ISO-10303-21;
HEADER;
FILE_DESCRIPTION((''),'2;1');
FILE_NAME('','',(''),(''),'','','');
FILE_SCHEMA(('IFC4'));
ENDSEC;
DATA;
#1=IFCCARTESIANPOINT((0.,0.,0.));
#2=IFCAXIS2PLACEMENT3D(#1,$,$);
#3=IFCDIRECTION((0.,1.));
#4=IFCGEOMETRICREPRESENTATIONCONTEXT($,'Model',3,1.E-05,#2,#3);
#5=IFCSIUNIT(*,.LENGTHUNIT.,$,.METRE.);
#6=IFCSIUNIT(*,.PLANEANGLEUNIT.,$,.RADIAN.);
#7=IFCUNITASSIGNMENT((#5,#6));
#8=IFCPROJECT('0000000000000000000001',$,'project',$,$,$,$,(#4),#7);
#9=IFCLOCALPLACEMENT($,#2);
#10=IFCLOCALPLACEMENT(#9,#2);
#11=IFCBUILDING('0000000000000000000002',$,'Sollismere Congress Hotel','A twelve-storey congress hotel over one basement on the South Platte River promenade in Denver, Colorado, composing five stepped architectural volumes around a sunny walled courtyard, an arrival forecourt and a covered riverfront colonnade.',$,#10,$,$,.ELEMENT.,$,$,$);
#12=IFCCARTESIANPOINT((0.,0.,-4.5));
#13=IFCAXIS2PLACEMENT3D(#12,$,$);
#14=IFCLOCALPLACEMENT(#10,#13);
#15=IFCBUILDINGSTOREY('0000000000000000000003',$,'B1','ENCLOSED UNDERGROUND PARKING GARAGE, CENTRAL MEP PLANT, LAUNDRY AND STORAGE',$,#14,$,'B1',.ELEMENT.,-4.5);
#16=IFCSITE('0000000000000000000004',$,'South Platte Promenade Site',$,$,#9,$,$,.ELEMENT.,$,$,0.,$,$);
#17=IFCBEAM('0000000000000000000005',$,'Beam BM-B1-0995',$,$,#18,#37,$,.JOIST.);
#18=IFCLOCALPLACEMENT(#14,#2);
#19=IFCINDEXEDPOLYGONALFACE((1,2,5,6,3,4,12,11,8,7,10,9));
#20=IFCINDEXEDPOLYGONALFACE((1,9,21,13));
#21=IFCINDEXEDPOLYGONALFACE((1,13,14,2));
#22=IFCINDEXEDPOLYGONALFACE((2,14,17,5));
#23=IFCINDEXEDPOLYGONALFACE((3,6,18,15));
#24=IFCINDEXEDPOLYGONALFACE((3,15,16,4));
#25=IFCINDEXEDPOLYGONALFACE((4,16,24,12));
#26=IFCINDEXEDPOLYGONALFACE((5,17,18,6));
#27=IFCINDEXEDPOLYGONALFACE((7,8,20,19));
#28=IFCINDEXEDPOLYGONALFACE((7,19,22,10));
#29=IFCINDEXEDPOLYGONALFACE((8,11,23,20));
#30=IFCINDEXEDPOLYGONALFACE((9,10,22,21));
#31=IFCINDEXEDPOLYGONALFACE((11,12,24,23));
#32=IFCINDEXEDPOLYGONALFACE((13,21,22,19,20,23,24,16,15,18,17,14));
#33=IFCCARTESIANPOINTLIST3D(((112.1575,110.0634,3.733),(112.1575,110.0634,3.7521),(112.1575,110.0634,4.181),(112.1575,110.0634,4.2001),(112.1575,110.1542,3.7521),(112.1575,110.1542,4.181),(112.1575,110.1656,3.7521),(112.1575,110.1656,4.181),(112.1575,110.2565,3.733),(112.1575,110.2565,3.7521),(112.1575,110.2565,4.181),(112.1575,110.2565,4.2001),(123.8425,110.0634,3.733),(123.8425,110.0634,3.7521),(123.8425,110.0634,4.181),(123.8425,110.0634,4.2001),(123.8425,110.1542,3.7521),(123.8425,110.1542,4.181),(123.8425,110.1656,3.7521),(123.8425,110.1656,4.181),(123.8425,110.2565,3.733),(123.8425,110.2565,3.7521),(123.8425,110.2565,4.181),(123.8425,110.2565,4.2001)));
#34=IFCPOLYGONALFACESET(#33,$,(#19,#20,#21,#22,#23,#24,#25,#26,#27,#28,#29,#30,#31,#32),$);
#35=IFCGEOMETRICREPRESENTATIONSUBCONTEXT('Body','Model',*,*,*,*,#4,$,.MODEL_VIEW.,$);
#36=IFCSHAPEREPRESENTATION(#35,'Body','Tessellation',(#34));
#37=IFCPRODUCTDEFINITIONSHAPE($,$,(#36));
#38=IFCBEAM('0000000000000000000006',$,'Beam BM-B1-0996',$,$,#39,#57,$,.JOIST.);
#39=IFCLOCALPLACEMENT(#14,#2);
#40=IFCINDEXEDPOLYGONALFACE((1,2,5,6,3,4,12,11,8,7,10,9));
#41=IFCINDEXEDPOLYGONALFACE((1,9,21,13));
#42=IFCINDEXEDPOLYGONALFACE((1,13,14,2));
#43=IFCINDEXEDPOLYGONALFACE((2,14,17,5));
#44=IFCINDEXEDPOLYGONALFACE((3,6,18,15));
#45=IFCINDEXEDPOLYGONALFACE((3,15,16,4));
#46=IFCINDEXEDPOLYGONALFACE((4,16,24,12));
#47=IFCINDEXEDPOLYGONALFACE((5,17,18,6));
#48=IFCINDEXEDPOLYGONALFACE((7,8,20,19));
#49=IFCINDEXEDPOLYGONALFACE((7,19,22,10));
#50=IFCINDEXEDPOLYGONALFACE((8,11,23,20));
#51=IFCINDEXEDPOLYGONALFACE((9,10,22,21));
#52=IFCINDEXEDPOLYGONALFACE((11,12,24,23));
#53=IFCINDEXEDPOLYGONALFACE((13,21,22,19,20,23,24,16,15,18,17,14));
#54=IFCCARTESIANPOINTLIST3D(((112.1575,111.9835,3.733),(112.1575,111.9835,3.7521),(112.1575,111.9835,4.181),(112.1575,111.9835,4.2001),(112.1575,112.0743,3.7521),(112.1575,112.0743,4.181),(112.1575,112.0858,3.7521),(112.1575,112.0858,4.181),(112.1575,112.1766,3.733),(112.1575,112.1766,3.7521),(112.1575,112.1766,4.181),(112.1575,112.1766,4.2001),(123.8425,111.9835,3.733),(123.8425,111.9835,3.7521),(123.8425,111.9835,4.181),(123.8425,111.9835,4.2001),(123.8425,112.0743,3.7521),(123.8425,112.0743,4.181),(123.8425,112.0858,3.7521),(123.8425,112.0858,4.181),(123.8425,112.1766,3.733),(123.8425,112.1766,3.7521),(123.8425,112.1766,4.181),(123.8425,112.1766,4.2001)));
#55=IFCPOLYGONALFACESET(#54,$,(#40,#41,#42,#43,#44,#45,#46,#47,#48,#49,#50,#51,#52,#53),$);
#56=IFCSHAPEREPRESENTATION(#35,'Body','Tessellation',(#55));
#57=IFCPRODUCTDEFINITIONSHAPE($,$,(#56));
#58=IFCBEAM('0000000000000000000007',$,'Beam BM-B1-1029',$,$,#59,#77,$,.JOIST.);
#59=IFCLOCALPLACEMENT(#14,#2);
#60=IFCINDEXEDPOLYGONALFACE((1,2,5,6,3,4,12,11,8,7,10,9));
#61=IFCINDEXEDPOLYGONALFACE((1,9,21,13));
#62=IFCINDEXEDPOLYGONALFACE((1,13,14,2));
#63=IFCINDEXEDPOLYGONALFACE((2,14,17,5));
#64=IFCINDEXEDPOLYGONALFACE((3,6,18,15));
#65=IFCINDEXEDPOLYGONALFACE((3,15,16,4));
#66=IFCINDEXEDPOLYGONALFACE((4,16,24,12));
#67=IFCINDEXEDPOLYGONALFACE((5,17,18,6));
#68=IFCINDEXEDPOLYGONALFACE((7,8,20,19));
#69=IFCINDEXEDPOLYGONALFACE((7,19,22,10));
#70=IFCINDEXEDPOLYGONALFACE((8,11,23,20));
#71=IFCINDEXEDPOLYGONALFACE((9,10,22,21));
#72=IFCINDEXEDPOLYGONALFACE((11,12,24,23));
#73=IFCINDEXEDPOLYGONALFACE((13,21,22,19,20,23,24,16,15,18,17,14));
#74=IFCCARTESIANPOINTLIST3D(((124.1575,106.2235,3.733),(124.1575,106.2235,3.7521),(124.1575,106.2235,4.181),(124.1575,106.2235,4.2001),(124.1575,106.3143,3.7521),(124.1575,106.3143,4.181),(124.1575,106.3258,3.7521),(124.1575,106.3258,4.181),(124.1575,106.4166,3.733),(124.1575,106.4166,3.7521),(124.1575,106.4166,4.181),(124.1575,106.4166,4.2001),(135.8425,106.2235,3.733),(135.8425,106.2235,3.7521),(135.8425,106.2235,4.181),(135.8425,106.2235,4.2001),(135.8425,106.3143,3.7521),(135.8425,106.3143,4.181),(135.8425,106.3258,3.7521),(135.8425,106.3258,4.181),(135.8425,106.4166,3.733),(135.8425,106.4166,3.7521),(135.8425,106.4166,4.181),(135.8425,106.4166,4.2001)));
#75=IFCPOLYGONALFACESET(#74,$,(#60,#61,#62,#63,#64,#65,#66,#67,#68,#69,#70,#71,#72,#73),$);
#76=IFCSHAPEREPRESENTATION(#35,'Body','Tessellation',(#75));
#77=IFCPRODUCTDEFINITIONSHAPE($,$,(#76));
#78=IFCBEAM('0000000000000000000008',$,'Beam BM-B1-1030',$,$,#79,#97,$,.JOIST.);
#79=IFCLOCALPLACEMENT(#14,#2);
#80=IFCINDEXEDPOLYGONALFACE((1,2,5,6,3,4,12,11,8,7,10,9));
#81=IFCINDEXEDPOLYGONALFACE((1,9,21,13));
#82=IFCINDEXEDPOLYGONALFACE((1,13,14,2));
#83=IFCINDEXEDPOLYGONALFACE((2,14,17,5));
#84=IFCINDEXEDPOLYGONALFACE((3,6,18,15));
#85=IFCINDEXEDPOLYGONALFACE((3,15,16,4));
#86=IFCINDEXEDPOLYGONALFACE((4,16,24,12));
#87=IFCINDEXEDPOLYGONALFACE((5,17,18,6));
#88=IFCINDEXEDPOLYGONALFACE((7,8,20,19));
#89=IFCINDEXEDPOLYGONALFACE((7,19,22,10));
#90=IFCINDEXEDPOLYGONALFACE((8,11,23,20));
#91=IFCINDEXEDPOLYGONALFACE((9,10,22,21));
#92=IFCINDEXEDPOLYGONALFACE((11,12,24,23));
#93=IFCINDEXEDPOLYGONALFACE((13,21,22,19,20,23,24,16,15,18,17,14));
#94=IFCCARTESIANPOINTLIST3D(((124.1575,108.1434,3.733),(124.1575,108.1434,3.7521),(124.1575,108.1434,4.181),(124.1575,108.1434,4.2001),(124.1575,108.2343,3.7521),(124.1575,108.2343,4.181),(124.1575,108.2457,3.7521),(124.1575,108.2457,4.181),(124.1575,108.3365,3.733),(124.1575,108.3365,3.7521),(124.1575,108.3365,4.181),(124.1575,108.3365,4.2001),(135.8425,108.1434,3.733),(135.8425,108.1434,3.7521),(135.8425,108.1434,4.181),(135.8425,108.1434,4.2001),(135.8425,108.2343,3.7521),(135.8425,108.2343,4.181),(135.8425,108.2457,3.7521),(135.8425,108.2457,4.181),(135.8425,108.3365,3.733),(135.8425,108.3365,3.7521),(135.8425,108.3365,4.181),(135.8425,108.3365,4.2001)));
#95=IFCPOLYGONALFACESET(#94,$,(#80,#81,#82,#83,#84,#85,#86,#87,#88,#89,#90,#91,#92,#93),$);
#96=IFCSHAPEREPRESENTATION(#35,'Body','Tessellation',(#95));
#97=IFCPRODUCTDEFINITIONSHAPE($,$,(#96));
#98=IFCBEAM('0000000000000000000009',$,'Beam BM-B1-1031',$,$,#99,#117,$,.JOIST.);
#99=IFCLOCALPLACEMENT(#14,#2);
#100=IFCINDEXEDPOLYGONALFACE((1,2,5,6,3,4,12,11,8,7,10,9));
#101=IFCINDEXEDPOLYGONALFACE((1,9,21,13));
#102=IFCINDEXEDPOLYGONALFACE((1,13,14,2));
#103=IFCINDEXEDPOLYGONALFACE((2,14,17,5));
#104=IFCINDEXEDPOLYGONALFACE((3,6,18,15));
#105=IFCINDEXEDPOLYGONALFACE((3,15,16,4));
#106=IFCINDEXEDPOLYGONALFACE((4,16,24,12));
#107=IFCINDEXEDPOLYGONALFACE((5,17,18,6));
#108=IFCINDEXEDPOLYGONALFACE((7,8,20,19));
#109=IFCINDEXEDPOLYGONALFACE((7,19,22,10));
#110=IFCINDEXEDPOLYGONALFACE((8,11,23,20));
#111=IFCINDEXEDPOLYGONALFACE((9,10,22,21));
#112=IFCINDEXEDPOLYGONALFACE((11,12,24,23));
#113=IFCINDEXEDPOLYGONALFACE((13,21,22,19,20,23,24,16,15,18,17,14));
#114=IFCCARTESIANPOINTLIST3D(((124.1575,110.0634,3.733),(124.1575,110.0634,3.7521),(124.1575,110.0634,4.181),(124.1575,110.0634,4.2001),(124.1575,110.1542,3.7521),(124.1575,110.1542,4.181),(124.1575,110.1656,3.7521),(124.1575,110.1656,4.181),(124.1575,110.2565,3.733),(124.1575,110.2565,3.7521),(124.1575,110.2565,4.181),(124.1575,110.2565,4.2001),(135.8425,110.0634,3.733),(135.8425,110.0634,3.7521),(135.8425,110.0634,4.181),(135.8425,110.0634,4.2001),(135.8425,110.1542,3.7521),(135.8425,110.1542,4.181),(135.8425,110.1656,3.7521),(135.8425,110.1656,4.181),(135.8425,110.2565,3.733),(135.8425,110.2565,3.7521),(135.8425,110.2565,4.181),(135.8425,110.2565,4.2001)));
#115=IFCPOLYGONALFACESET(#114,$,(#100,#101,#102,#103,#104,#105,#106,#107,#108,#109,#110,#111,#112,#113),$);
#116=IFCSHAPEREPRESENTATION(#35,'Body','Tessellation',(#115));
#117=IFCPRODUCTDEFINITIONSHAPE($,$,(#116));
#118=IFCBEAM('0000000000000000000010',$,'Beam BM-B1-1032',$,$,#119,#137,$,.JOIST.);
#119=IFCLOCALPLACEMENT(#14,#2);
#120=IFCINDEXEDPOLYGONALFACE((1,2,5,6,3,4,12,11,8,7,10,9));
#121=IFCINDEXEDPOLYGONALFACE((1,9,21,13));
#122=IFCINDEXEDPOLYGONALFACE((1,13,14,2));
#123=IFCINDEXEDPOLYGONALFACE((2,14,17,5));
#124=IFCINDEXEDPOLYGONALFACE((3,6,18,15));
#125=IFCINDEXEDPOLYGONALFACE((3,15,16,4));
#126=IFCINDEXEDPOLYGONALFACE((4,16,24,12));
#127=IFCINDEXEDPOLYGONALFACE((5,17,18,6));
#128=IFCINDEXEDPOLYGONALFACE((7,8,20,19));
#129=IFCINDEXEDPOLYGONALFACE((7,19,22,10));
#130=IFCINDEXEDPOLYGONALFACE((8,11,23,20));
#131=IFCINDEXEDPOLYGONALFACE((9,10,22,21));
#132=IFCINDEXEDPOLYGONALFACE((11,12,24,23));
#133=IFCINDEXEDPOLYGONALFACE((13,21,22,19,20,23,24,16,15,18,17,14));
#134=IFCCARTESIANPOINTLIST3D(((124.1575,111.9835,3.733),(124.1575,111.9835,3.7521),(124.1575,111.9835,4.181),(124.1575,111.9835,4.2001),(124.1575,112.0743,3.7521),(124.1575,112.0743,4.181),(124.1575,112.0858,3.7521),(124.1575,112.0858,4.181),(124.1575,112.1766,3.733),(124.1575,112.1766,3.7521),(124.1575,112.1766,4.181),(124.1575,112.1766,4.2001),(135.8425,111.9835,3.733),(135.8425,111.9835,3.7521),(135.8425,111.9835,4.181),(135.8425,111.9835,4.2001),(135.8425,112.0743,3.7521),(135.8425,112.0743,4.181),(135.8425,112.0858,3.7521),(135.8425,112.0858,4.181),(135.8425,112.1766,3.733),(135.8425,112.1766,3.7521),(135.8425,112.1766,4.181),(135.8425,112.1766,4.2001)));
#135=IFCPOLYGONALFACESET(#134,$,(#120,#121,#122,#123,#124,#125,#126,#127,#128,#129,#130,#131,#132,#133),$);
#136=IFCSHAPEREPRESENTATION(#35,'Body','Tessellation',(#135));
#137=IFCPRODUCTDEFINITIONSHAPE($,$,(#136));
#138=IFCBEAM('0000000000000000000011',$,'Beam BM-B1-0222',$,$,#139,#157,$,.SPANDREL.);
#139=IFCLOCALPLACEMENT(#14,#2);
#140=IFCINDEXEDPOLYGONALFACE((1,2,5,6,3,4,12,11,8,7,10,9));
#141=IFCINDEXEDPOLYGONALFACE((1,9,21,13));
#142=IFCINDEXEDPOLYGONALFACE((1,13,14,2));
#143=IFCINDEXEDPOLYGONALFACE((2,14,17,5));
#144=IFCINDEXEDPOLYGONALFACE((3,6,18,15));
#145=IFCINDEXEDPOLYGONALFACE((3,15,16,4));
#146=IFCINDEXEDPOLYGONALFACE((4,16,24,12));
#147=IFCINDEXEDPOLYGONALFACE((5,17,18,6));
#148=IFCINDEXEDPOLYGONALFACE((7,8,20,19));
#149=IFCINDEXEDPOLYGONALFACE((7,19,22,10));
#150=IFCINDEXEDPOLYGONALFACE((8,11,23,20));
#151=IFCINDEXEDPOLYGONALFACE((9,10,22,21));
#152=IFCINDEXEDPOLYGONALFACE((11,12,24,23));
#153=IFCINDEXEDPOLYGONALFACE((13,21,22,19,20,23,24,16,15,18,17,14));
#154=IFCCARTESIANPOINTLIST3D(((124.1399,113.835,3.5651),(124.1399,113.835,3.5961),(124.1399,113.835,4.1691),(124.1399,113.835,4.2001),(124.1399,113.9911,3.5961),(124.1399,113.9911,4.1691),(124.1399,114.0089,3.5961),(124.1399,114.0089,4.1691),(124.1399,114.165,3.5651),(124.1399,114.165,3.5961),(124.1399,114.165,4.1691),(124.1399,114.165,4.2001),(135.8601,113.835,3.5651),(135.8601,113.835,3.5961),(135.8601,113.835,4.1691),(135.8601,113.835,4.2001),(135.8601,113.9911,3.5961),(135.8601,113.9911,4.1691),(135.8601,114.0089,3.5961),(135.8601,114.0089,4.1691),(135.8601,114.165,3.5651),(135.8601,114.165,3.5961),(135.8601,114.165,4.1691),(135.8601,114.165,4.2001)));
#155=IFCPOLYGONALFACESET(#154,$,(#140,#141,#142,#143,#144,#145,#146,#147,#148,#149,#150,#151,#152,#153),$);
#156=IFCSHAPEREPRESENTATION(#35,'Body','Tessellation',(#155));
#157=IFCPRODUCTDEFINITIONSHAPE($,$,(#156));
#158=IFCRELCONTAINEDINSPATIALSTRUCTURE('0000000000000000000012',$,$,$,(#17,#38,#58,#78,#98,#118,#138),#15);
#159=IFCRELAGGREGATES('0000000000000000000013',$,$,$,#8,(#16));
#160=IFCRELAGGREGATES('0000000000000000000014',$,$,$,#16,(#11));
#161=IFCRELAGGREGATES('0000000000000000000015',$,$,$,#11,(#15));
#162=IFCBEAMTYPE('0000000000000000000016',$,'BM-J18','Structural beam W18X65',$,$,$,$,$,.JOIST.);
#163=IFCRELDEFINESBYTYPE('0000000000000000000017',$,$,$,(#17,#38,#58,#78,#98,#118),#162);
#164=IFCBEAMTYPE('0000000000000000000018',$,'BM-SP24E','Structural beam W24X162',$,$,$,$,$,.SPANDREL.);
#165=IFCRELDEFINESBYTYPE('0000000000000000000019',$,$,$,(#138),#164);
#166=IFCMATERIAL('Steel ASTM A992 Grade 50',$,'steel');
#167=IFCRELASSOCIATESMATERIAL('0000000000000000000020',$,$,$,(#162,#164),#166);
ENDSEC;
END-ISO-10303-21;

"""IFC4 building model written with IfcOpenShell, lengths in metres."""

from ifc_helpers import new_model, si_unit, direction, frame, origin, origin_2d, place, context, subcontext, project, spatial, i_section, extrude, material, material_profile, profile_set, type_object, element, save


model = new_model("IFC4")

# Units and contexts
model_context = context("Model", 3, precision=1e-05, world=origin(), true_north=direction((0.0, 1.0)))
body_context = subcontext(model_context, "Body", "Model", "MODEL_VIEW")
ifc_project = project(units=[si_unit("LENGTHUNIT", "METRE"), si_unit("PLANEANGLEUNIT", "RADIAN")], contexts=[model_context])

# Site, building, storey
site_placement = place(None, origin())
site = spatial("IfcSite", under=ifc_project, at=site_placement, Name="South Platte Promenade Site", CompositionType="ELEMENT", RefElevation=0.0)
building_placement = place(site_placement, origin())
building = spatial("IfcBuilding", under=site, at=building_placement, Name="Sollismere Congress Hotel", Description="A twelve-storey congress hotel over one basement on the South Platte River promenade in Denver, Colorado, composing five stepped architectural volumes around a sunny walled courtyard, an arrival forecourt and a covered riverfront colonnade.", CompositionType="ELEMENT")
storey_placement = place(building_placement, frame((0.0, 0.0, -4.5)))
storey = spatial("IfcBuildingStorey", under=building, at=storey_placement, Name="B1", Description="ENCLOSED UNDERGROUND PARKING GARAGE, CENTRAL MEP PLANT, LAUNDRY AND STORAGE", LongName="B1", CompositionType="ELEMENT", Elevation=-4.5)

# Beams
ifc_material_1 = material(Name="Steel ASTM A992 Grade 50", Category="steel")
ifc_material_profile_1 = material_profile(ifc_material_1, i_section(OverallWidth=0.1931, OverallDepth=0.467, WebThickness=0.0115, FlangeThickness=0.019, at=origin_2d()), Name="W18X65")
ifc_profile_set_1 = profile_set([ifc_material_profile_1], Name="Steel ASTM A992 Grade 50")
beam_type_1 = type_object("IfcBeamType", Name="BM-J18", Description="Structural beam W18X65", PredefinedType="JOIST", material=ifc_profile_set_1)
for number, where, z_axis, x_axis, name in (
    (1, (112.1575, 110.1599, 3.9666), (1.0, 0.0, 0.0), (0.0, 1.0, 0.0), "Beam BM-B1-0995"),
    (2, (112.1575, 112.0801, 3.9666), (1.0, 0.0, 0.0), (0.0, 1.0, 0.0), "Beam BM-B1-0996"),
    (3, (124.1575, 106.3201, 3.9666), (1.0, 0.0, 0.0), (0.0, 1.0, 0.0), "Beam BM-B1-1029"),
    (4, (124.1575, 108.24, 3.9666), (1.0, 0.0, 0.0), (0.0, 1.0, 0.0), "Beam BM-B1-1030"),
    (5, (124.1575, 110.1599, 3.9666), (1.0, 0.0, 0.0), (0.0, 1.0, 0.0), "Beam BM-B1-1031"),
    (6, (124.1575, 112.0801, 3.9666), (1.0, 0.0, 0.0), (0.0, 1.0, 0.0), "Beam BM-B1-1032"),
):
    element("IfcBeam", number, at=place(storey_placement, frame(where, z_axis=z_axis, x_axis=x_axis)), inside=storey, type_object=beam_type_1, Name=name, PredefinedType="JOIST", context=body_context, shape_type="SweptSolid", body=[
        extrude(i_section(OverallWidth=0.1931, OverallDepth=0.467, WebThickness=0.0115, FlangeThickness=0.019, at=origin_2d()), origin(), (0.0, 0.0, 1.0), 11.6851),
    ])
ifc_material_profile_2 = material_profile(ifc_material_1, i_section(OverallWidth=0.3301, OverallDepth=0.635, WebThickness=0.0178, FlangeThickness=0.031, at=origin_2d()), Name="W24X162")
ifc_profile_set_2 = profile_set([ifc_material_profile_2], Name="Steel ASTM A992 Grade 50")
beam_type_2 = type_object("IfcBeamType", Name="BM-SP24E", Description="Structural beam W24X162", PredefinedType="SPANDREL", material=ifc_profile_set_2)
beam_1_placement = place(storey_placement, frame((124.1399, 114.0, 3.8826), z_axis=(1.0, 0.0, 0.0), x_axis=(0.0, 1.0, 0.0)))
element("IfcBeam", 7, at=beam_1_placement, inside=storey, type_object=beam_type_2, Name="Beam BM-B1-0222", PredefinedType="SPANDREL", context=body_context, shape_type="SweptSolid", body=[
    extrude(i_section(OverallWidth=0.3301, OverallDepth=0.635, WebThickness=0.0178, FlangeThickness=0.031, at=origin_2d()), origin(), (0.0, 0.0, 1.0), 11.7202),
])

save(model, "model.ifc")
